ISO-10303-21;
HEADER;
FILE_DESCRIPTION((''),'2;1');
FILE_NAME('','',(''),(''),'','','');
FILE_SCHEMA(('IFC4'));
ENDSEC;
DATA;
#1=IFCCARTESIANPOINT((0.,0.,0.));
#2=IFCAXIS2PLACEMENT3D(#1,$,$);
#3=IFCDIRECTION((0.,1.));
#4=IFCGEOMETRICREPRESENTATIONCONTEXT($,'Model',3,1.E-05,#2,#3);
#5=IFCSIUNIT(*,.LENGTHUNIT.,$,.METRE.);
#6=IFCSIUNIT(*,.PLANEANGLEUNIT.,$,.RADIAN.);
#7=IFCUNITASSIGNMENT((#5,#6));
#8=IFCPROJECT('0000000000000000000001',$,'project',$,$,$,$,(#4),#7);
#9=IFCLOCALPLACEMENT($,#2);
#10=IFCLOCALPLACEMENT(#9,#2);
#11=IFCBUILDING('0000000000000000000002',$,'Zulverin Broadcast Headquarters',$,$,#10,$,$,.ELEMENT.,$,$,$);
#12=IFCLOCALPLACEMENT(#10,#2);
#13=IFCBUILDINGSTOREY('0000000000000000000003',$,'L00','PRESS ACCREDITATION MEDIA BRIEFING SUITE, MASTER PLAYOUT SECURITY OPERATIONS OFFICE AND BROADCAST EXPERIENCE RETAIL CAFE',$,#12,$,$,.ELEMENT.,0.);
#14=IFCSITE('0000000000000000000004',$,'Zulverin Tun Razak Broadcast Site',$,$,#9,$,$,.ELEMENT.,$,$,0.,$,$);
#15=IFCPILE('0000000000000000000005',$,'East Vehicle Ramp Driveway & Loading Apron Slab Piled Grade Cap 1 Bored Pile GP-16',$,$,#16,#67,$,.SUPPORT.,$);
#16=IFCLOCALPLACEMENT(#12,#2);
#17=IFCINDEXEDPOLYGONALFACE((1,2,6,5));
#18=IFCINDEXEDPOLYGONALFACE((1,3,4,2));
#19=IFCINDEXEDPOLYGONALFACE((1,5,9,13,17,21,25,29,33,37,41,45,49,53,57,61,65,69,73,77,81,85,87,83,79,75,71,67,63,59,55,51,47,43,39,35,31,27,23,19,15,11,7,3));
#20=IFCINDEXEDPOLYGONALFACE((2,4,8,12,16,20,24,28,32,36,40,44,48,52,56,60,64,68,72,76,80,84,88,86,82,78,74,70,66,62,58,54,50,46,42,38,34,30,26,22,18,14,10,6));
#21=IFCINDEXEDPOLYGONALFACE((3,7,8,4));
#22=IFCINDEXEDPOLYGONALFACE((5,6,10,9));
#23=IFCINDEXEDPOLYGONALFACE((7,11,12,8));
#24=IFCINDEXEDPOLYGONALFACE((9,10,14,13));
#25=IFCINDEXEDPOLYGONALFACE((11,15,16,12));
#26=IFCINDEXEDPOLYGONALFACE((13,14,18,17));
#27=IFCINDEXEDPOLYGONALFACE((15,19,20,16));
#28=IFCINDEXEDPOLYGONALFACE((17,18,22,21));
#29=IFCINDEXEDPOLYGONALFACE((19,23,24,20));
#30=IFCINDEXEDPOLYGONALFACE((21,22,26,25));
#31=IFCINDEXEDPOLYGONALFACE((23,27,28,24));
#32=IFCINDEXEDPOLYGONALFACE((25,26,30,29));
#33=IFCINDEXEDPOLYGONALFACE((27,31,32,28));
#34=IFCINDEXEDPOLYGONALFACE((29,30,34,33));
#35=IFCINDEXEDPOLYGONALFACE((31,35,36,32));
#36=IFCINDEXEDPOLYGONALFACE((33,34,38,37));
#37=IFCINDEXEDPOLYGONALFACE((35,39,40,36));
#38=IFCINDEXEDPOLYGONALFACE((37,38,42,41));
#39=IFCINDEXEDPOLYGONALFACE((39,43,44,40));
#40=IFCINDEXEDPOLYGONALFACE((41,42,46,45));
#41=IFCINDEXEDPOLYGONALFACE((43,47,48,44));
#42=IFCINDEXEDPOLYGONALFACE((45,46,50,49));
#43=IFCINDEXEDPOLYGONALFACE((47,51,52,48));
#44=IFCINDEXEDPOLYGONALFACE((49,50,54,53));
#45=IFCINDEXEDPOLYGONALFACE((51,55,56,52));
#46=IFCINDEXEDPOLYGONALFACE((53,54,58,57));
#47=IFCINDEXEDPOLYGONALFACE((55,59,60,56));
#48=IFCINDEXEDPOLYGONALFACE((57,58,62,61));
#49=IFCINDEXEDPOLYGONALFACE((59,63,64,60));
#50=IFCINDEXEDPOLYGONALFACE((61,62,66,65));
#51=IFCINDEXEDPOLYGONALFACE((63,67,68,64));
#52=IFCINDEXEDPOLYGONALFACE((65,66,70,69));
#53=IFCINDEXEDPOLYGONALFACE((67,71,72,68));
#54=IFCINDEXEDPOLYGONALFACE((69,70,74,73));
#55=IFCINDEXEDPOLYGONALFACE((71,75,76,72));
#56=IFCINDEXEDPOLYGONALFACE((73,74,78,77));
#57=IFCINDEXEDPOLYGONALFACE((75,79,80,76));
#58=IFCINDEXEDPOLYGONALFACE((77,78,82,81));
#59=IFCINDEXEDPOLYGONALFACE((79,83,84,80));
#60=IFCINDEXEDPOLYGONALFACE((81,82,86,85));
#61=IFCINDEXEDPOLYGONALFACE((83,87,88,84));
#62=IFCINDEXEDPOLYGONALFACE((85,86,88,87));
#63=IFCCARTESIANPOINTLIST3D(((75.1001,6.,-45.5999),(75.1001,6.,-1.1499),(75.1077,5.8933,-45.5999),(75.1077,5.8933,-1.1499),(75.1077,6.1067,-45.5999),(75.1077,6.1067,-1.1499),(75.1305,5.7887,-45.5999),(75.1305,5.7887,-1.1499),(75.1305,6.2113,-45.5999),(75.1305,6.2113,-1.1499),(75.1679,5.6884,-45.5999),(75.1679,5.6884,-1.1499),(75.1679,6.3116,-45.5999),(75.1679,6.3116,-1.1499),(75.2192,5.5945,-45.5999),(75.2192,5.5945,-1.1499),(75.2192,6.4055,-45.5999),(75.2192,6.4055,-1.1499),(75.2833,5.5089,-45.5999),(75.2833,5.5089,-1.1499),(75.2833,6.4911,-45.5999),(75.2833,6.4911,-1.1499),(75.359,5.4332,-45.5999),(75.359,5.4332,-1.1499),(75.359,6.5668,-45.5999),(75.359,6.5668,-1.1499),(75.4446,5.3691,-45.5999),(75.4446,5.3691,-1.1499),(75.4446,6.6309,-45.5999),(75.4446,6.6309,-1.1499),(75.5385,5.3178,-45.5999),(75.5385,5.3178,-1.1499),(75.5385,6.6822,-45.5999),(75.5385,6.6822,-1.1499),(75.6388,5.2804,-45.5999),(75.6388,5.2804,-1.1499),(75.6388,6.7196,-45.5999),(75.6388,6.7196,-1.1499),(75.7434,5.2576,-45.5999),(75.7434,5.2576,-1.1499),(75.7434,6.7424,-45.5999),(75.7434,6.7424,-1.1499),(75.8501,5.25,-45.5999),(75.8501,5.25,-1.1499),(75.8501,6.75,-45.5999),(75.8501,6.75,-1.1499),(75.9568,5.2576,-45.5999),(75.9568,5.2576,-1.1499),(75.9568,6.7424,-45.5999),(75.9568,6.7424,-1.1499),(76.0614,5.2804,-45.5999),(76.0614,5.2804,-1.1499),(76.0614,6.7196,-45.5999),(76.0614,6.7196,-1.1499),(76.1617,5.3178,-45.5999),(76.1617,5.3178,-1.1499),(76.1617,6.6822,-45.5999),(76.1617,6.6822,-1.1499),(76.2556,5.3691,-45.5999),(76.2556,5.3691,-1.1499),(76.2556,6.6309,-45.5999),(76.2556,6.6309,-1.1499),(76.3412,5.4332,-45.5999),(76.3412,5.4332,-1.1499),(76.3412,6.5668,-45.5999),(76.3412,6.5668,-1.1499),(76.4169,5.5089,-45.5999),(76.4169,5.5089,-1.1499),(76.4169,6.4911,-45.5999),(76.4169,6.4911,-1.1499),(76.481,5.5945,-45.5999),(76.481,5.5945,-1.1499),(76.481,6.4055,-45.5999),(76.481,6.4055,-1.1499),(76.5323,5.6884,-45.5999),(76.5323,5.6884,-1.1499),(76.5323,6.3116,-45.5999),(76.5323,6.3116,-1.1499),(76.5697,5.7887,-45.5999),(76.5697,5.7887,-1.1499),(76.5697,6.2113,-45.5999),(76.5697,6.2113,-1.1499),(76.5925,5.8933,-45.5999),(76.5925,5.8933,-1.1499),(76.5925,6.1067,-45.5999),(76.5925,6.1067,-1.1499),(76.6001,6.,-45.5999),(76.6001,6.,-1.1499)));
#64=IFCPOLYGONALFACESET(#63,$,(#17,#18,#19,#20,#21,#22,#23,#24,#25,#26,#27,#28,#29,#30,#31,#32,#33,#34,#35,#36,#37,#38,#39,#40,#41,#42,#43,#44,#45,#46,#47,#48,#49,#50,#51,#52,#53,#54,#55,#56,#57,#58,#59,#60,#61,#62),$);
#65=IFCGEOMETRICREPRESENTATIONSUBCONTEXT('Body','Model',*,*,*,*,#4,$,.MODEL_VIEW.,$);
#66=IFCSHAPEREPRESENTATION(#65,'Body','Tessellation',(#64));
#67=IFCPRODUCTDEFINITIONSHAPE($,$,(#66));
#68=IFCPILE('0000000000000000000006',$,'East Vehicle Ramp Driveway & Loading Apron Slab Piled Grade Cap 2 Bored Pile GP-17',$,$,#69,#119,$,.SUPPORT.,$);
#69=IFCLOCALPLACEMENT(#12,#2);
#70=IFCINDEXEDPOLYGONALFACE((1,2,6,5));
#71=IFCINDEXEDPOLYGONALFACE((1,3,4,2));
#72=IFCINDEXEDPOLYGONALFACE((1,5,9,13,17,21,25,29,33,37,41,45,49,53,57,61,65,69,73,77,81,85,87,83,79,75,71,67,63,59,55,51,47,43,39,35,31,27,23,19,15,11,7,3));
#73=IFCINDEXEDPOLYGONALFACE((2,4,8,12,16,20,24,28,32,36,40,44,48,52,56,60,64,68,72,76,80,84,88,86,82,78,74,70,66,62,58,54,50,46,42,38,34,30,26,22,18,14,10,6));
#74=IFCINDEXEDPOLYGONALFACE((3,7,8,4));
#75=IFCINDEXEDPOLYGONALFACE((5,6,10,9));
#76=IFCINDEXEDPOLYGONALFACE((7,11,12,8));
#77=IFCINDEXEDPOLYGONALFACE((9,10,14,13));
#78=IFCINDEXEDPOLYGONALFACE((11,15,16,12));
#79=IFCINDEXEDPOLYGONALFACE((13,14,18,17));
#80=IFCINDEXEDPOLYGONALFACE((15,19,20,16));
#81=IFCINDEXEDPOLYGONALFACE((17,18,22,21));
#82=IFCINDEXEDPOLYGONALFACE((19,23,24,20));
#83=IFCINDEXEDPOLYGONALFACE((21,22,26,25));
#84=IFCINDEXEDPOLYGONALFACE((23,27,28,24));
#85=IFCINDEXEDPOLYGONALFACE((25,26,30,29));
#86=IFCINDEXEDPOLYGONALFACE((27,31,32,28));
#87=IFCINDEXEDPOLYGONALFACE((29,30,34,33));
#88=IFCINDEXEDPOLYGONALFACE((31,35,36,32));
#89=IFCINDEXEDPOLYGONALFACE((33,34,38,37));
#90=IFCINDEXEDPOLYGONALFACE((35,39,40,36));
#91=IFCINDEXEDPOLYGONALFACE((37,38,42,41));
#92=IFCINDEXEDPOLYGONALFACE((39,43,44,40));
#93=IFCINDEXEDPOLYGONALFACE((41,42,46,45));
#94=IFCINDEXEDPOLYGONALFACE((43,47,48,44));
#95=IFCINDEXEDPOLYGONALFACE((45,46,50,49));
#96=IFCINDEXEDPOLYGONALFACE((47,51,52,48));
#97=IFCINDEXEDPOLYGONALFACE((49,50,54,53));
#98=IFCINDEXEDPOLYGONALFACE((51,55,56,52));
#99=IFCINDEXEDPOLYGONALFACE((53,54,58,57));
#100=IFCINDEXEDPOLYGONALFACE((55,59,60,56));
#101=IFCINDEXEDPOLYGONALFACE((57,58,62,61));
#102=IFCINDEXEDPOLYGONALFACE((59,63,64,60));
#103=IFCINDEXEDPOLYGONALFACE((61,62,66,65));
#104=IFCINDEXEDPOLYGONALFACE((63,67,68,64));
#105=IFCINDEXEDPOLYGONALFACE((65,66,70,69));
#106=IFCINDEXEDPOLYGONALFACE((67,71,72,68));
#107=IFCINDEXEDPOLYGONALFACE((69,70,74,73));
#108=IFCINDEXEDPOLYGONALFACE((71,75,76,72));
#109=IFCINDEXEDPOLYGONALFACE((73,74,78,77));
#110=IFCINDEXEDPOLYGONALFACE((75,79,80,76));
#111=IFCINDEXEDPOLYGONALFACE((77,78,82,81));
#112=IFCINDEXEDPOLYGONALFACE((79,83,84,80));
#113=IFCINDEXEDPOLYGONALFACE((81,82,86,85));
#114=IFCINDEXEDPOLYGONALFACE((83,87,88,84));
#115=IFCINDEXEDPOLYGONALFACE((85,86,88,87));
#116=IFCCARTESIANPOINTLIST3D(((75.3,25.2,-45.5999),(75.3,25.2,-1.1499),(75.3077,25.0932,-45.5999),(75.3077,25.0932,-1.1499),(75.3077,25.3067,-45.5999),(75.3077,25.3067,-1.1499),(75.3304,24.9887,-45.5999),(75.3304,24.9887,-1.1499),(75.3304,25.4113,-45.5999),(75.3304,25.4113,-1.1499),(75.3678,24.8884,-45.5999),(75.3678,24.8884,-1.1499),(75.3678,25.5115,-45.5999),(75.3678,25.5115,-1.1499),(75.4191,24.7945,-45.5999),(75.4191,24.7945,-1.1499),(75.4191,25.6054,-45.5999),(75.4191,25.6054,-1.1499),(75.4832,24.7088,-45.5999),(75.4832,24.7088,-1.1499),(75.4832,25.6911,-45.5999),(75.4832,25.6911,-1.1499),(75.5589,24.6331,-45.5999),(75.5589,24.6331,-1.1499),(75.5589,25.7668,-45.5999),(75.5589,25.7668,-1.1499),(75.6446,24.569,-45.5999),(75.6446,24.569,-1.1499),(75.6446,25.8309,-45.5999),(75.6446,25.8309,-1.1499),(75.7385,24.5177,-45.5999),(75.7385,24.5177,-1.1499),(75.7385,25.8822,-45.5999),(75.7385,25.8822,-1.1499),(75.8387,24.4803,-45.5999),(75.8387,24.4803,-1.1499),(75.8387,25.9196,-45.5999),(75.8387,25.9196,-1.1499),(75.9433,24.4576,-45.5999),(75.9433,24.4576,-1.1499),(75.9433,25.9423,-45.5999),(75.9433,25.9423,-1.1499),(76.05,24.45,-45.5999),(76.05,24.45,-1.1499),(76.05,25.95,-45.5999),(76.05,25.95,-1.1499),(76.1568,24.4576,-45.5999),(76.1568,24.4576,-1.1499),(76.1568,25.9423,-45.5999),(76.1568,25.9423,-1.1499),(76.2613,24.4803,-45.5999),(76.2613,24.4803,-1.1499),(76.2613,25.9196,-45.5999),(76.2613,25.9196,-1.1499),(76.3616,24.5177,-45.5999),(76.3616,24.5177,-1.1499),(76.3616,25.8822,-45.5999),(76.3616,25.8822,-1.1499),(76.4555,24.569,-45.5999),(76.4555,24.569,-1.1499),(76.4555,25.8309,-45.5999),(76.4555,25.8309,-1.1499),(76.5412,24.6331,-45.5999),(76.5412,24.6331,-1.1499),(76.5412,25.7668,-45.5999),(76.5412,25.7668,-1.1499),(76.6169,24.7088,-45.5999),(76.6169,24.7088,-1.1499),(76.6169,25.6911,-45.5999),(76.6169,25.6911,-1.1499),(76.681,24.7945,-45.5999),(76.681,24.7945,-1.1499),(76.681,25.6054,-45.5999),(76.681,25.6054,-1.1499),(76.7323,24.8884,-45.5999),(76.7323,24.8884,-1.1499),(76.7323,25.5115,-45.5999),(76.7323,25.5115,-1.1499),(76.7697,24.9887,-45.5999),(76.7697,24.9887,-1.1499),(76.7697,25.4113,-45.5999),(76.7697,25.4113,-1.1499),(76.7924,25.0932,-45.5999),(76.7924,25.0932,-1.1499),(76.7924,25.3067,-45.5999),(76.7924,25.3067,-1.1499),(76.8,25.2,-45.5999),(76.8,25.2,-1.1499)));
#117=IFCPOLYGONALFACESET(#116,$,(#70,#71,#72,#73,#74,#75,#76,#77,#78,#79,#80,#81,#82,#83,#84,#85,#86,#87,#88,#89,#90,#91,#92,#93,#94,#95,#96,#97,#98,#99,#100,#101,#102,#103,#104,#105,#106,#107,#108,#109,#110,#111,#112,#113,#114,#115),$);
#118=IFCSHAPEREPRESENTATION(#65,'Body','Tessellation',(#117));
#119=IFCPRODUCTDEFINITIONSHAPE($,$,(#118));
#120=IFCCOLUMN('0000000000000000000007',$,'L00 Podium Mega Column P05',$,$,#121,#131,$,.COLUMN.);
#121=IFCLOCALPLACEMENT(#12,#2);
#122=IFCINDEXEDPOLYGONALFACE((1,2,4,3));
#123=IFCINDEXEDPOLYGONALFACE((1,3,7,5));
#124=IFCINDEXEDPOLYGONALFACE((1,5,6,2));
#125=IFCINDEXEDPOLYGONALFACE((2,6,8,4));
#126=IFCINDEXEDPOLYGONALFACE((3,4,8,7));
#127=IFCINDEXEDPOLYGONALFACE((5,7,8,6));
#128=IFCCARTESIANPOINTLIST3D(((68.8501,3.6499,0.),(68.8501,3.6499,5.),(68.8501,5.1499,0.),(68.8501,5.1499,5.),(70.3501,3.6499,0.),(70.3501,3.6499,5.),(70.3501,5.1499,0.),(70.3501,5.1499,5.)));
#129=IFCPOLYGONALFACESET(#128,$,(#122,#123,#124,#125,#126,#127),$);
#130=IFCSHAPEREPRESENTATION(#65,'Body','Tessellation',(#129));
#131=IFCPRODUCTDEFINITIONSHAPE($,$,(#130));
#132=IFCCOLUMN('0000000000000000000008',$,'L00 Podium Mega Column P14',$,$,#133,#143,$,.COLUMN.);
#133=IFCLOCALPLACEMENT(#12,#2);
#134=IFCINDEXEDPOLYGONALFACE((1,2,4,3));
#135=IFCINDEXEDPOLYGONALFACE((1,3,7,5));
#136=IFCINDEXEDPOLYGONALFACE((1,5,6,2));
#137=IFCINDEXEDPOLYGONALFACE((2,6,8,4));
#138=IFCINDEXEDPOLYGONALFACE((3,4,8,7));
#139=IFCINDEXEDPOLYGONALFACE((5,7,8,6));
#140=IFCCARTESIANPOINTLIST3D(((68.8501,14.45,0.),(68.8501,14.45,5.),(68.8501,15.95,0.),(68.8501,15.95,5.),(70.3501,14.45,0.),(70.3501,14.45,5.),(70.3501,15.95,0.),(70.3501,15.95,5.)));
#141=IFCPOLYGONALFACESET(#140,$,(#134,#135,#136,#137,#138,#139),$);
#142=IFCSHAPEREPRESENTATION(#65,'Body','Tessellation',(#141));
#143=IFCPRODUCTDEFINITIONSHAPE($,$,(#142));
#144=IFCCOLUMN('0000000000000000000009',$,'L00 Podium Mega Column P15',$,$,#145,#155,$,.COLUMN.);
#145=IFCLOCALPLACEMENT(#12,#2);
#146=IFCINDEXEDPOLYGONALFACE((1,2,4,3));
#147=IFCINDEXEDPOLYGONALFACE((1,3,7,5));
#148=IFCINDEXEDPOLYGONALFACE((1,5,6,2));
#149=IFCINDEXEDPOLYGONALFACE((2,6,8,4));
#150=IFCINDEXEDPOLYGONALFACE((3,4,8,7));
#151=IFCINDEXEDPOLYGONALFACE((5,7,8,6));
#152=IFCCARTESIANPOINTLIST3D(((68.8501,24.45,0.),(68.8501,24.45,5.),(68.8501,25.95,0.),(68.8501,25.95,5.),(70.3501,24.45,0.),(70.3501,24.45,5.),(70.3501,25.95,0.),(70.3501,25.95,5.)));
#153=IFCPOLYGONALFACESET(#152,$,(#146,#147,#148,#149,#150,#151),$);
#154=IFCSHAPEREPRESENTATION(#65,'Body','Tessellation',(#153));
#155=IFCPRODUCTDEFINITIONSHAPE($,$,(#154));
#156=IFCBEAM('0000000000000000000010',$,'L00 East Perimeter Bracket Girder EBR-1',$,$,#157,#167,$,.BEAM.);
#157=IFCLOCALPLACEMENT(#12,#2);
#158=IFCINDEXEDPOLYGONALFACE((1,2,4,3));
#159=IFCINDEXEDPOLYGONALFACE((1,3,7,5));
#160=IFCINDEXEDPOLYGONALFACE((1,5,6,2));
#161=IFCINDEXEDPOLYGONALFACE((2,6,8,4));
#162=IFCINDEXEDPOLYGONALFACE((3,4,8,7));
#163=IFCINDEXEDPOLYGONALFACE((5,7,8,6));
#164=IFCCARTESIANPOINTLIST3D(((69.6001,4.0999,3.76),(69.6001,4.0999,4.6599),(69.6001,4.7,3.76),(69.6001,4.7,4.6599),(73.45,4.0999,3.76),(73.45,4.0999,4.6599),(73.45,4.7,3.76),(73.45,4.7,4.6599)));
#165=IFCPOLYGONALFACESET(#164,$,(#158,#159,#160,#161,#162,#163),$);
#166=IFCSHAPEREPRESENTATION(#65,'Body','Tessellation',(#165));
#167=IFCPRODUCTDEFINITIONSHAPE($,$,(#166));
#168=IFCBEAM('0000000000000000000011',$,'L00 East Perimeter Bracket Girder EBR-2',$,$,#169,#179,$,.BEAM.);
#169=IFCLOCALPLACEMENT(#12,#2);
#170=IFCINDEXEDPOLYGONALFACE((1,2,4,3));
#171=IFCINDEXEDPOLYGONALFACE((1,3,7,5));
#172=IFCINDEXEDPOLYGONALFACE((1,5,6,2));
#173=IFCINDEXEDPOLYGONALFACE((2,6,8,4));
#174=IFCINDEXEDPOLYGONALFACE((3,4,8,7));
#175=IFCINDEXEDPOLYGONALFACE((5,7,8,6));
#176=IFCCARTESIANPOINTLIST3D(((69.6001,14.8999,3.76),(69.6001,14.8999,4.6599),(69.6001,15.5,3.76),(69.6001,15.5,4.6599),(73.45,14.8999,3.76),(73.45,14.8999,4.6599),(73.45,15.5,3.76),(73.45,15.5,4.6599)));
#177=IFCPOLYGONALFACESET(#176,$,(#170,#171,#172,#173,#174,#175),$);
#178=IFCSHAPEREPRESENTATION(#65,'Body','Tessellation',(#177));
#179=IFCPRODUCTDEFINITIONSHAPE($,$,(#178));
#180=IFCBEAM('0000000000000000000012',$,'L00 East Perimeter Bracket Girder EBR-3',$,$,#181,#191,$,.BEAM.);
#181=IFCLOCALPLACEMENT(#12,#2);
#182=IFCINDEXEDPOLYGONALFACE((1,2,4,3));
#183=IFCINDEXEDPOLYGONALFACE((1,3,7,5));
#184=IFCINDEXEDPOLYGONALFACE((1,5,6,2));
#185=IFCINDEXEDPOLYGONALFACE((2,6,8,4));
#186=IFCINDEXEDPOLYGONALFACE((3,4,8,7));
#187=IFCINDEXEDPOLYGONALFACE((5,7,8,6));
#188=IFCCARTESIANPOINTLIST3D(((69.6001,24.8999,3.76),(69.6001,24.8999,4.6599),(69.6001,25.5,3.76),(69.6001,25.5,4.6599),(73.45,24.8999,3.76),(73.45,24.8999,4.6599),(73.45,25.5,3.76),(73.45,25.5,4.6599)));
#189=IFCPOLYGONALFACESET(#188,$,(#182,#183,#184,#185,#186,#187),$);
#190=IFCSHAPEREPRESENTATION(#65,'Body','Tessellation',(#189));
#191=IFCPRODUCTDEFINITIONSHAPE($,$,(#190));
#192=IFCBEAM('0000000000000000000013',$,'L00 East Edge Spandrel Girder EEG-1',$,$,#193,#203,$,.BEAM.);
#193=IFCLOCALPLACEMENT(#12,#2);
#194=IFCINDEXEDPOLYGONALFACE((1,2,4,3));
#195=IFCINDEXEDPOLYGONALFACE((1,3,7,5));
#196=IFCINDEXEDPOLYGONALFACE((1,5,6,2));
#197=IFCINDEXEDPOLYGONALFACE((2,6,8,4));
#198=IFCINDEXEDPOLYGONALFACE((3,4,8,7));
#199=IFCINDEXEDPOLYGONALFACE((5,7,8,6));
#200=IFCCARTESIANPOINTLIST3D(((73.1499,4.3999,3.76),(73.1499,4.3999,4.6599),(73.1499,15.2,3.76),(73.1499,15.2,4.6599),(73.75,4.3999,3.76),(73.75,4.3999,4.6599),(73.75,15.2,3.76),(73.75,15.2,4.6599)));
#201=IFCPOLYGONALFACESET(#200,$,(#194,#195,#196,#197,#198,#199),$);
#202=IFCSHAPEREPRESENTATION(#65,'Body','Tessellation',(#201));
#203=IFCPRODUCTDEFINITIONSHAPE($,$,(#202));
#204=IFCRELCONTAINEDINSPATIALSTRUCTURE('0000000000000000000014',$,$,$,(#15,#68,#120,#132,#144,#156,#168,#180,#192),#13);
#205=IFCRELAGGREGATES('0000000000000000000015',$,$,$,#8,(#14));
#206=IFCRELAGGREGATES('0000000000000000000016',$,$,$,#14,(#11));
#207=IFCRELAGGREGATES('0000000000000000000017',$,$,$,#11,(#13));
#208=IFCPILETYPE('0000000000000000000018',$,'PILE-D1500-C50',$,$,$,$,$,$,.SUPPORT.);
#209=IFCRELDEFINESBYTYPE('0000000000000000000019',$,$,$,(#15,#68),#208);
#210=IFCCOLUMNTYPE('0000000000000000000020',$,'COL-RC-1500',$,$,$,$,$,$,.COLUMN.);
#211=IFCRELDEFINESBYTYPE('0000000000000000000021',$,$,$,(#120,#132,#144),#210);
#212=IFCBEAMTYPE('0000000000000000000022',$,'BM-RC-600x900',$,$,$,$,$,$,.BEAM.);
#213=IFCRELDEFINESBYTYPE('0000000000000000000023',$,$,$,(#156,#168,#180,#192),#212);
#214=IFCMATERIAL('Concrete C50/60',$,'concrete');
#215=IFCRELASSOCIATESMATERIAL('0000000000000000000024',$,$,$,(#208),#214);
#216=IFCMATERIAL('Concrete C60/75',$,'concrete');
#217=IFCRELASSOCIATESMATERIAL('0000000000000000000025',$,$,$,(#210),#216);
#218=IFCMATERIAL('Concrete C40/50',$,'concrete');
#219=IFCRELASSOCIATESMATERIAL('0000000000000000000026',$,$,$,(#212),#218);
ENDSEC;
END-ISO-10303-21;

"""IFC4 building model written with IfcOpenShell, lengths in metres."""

from ifc_helpers import new_model, si_unit, direction, frame, origin, origin_2d, place, context, subcontext, project, spatial, rectangle, circle, extrude, material, material_profile, profile_set, type_object, element, save


model = new_model("IFC4")

# Units and contexts
model_context = context("Model", 3, precision=1e-05, world=origin(), true_north=direction((0.0, 1.0)))
body_context = subcontext(model_context, "Body", "Model", "MODEL_VIEW")
ifc_project = project(units=[si_unit("LENGTHUNIT", "METRE"), si_unit("PLANEANGLEUNIT", "RADIAN")], contexts=[model_context])

# Site, building, storey
site_placement = place(None, origin())
site = spatial("IfcSite", under=ifc_project, at=site_placement, Name="Zulverin Tun Razak Broadcast Site", CompositionType="ELEMENT", RefElevation=0.0)
building_placement = place(site_placement, origin())
building = spatial("IfcBuilding", under=site, at=building_placement, Name="Zulverin Broadcast Headquarters", CompositionType="ELEMENT")
storey_placement = place(building_placement, origin())
storey = spatial("IfcBuildingStorey", under=building, at=storey_placement, Name="L00", Description="PRESS ACCREDITATION MEDIA BRIEFING SUITE, MASTER PLAYOUT SECURITY OPERATIONS OFFICE AND BROADCAST EXPERIENCE RETAIL CAFE", CompositionType="ELEMENT", Elevation=0.0)

# Piles
ifc_material_1 = material(Name="Concrete C50/60", Category="concrete")
ifc_material_profile_1 = material_profile(ifc_material_1, circle(Radius=0.75, at=origin_2d()), Name="Concrete C50/60", Category="concrete")
ifc_profile_set_1 = profile_set([ifc_material_profile_1], Name="Concrete C50/60")
pile_type = type_object("IfcPileType", Name="PILE-D1500-C50", PredefinedType="SUPPORT", material=ifc_profile_set_1)
for number, where, z_axis, x_axis, name in (
    (1, (75.8501, 6.0, -1.1499), (0.0, 0.0, -1.0), (1.0, 0.0, 0.0), "East Vehicle Ramp Driveway & Loading Apron Slab Piled Grade Cap 1 Bored Pile GP-16"),
    (2, (76.05, 25.2, -1.1499), (0.0, 0.0, -1.0), (1.0, 0.0, 0.0), "East Vehicle Ramp Driveway & Loading Apron Slab Piled Grade Cap 2 Bored Pile GP-17"),
):
    element("IfcPile", number, at=place(storey_placement, frame(where, z_axis=z_axis, x_axis=x_axis)), inside=storey, type_object=pile_type, Name=name, PredefinedType="SUPPORT", context=body_context, shape_type="SweptSolid", body=[
        extrude(circle(Radius=0.75, at=origin_2d()), origin(), (0.0, 0.0, 1.0), 44.45),
    ])

# Columns
ifc_material_2 = material(Name="Concrete C60/75", Category="concrete")
ifc_material_profile_2 = material_profile(ifc_material_2, rectangle(XDim=1.5, YDim=1.5, at=origin_2d()), Name="Concrete C60/75", Category="concrete")
ifc_profile_set_2 = profile_set([ifc_material_profile_2], Name="Concrete C60/75")
column_type = type_object("IfcColumnType", Name="COL-RC-1500", PredefinedType="COLUMN", material=ifc_profile_set_2)
for number, where, z_axis, x_axis, name in (
    (3, (69.6001, 4.3999, 0.0), (0.0, 0.0, 1.0), (1.0, 0.0, 0.0), "L00 Podium Mega Column P05"),
    (4, (69.6001, 15.2, 0.0), (0.0, 0.0, 1.0), (1.0, 0.0, 0.0), "L00 Podium Mega Column P14"),
    (5, (69.6001, 25.2, 0.0), (0.0, 0.0, 1.0), (1.0, 0.0, 0.0), "L00 Podium Mega Column P15"),
):
    element("IfcColumn", number, at=place(storey_placement, frame(where, z_axis=z_axis, x_axis=x_axis)), inside=storey, type_object=column_type, Name=name, PredefinedType="COLUMN", context=body_context, shape_type="SweptSolid", body=[
        extrude(rectangle(XDim=1.5, YDim=1.5, at=origin_2d()), origin(), (0.0, 0.0, 1.0), 5.0),
    ])

# Beams
ifc_material_3 = material(Name="Concrete C40/50", Category="concrete")
ifc_material_profile_3 = material_profile(ifc_material_3, rectangle(XDim=0.6001, YDim=0.8999, at=origin_2d()), Name="Concrete C40/50", Category="concrete")
ifc_profile_set_3 = profile_set([ifc_material_profile_3], Name="Concrete C40/50")
beam_type_1 = type_object("IfcBeamType", Name="BM-RC-600x900", PredefinedType="BEAM", material=ifc_profile_set_3)
for number, where, z_axis, x_axis, name in (
    (6, (69.6001, 4.3999, 4.21), (1.0, 0.0, 0.0), (0.0, 1.0, 0.0), "L00 East Perimeter Bracket Girder EBR-1"),
    (7, (69.6001, 15.2, 4.21), (1.0, 0.0, 0.0), (0.0, 1.0, 0.0), "L00 East Perimeter Bracket Girder EBR-2"),
    (8, (69.6001, 25.2, 4.21), (1.0, 0.0, 0.0), (0.0, 1.0, 0.0), "L00 East Perimeter Bracket Girder EBR-3"),
):
    element("IfcBeam", number, at=place(storey_placement, frame(where, z_axis=z_axis, x_axis=x_axis)), inside=storey, type_object=beam_type_1, Name=name, PredefinedType="BEAM", context=body_context, shape_type="SweptSolid", body=[
        extrude(rectangle(XDim=0.6001, YDim=0.8999, at=origin_2d()), origin(), (0.0, 0.0, 1.0), 3.8499),
    ])
beam_1_placement = place(storey_placement, frame((73.45, 4.3999, 4.21), z_axis=(0.0, 1.0, 0.0), x_axis=(-1.0, 0.0, 0.0)))
element("IfcBeam", 9, at=beam_1_placement, inside=storey, type_object=beam_type_1, Name="L00 East Edge Spandrel Girder EEG-1", PredefinedType="BEAM", context=body_context, shape_type="SweptSolid", body=[
    extrude(rectangle(XDim=0.6001, YDim=0.8999, at=origin_2d()), origin(), (0.0, 0.0, 1.0), 10.8),
])

save(model, "model.ifc")
